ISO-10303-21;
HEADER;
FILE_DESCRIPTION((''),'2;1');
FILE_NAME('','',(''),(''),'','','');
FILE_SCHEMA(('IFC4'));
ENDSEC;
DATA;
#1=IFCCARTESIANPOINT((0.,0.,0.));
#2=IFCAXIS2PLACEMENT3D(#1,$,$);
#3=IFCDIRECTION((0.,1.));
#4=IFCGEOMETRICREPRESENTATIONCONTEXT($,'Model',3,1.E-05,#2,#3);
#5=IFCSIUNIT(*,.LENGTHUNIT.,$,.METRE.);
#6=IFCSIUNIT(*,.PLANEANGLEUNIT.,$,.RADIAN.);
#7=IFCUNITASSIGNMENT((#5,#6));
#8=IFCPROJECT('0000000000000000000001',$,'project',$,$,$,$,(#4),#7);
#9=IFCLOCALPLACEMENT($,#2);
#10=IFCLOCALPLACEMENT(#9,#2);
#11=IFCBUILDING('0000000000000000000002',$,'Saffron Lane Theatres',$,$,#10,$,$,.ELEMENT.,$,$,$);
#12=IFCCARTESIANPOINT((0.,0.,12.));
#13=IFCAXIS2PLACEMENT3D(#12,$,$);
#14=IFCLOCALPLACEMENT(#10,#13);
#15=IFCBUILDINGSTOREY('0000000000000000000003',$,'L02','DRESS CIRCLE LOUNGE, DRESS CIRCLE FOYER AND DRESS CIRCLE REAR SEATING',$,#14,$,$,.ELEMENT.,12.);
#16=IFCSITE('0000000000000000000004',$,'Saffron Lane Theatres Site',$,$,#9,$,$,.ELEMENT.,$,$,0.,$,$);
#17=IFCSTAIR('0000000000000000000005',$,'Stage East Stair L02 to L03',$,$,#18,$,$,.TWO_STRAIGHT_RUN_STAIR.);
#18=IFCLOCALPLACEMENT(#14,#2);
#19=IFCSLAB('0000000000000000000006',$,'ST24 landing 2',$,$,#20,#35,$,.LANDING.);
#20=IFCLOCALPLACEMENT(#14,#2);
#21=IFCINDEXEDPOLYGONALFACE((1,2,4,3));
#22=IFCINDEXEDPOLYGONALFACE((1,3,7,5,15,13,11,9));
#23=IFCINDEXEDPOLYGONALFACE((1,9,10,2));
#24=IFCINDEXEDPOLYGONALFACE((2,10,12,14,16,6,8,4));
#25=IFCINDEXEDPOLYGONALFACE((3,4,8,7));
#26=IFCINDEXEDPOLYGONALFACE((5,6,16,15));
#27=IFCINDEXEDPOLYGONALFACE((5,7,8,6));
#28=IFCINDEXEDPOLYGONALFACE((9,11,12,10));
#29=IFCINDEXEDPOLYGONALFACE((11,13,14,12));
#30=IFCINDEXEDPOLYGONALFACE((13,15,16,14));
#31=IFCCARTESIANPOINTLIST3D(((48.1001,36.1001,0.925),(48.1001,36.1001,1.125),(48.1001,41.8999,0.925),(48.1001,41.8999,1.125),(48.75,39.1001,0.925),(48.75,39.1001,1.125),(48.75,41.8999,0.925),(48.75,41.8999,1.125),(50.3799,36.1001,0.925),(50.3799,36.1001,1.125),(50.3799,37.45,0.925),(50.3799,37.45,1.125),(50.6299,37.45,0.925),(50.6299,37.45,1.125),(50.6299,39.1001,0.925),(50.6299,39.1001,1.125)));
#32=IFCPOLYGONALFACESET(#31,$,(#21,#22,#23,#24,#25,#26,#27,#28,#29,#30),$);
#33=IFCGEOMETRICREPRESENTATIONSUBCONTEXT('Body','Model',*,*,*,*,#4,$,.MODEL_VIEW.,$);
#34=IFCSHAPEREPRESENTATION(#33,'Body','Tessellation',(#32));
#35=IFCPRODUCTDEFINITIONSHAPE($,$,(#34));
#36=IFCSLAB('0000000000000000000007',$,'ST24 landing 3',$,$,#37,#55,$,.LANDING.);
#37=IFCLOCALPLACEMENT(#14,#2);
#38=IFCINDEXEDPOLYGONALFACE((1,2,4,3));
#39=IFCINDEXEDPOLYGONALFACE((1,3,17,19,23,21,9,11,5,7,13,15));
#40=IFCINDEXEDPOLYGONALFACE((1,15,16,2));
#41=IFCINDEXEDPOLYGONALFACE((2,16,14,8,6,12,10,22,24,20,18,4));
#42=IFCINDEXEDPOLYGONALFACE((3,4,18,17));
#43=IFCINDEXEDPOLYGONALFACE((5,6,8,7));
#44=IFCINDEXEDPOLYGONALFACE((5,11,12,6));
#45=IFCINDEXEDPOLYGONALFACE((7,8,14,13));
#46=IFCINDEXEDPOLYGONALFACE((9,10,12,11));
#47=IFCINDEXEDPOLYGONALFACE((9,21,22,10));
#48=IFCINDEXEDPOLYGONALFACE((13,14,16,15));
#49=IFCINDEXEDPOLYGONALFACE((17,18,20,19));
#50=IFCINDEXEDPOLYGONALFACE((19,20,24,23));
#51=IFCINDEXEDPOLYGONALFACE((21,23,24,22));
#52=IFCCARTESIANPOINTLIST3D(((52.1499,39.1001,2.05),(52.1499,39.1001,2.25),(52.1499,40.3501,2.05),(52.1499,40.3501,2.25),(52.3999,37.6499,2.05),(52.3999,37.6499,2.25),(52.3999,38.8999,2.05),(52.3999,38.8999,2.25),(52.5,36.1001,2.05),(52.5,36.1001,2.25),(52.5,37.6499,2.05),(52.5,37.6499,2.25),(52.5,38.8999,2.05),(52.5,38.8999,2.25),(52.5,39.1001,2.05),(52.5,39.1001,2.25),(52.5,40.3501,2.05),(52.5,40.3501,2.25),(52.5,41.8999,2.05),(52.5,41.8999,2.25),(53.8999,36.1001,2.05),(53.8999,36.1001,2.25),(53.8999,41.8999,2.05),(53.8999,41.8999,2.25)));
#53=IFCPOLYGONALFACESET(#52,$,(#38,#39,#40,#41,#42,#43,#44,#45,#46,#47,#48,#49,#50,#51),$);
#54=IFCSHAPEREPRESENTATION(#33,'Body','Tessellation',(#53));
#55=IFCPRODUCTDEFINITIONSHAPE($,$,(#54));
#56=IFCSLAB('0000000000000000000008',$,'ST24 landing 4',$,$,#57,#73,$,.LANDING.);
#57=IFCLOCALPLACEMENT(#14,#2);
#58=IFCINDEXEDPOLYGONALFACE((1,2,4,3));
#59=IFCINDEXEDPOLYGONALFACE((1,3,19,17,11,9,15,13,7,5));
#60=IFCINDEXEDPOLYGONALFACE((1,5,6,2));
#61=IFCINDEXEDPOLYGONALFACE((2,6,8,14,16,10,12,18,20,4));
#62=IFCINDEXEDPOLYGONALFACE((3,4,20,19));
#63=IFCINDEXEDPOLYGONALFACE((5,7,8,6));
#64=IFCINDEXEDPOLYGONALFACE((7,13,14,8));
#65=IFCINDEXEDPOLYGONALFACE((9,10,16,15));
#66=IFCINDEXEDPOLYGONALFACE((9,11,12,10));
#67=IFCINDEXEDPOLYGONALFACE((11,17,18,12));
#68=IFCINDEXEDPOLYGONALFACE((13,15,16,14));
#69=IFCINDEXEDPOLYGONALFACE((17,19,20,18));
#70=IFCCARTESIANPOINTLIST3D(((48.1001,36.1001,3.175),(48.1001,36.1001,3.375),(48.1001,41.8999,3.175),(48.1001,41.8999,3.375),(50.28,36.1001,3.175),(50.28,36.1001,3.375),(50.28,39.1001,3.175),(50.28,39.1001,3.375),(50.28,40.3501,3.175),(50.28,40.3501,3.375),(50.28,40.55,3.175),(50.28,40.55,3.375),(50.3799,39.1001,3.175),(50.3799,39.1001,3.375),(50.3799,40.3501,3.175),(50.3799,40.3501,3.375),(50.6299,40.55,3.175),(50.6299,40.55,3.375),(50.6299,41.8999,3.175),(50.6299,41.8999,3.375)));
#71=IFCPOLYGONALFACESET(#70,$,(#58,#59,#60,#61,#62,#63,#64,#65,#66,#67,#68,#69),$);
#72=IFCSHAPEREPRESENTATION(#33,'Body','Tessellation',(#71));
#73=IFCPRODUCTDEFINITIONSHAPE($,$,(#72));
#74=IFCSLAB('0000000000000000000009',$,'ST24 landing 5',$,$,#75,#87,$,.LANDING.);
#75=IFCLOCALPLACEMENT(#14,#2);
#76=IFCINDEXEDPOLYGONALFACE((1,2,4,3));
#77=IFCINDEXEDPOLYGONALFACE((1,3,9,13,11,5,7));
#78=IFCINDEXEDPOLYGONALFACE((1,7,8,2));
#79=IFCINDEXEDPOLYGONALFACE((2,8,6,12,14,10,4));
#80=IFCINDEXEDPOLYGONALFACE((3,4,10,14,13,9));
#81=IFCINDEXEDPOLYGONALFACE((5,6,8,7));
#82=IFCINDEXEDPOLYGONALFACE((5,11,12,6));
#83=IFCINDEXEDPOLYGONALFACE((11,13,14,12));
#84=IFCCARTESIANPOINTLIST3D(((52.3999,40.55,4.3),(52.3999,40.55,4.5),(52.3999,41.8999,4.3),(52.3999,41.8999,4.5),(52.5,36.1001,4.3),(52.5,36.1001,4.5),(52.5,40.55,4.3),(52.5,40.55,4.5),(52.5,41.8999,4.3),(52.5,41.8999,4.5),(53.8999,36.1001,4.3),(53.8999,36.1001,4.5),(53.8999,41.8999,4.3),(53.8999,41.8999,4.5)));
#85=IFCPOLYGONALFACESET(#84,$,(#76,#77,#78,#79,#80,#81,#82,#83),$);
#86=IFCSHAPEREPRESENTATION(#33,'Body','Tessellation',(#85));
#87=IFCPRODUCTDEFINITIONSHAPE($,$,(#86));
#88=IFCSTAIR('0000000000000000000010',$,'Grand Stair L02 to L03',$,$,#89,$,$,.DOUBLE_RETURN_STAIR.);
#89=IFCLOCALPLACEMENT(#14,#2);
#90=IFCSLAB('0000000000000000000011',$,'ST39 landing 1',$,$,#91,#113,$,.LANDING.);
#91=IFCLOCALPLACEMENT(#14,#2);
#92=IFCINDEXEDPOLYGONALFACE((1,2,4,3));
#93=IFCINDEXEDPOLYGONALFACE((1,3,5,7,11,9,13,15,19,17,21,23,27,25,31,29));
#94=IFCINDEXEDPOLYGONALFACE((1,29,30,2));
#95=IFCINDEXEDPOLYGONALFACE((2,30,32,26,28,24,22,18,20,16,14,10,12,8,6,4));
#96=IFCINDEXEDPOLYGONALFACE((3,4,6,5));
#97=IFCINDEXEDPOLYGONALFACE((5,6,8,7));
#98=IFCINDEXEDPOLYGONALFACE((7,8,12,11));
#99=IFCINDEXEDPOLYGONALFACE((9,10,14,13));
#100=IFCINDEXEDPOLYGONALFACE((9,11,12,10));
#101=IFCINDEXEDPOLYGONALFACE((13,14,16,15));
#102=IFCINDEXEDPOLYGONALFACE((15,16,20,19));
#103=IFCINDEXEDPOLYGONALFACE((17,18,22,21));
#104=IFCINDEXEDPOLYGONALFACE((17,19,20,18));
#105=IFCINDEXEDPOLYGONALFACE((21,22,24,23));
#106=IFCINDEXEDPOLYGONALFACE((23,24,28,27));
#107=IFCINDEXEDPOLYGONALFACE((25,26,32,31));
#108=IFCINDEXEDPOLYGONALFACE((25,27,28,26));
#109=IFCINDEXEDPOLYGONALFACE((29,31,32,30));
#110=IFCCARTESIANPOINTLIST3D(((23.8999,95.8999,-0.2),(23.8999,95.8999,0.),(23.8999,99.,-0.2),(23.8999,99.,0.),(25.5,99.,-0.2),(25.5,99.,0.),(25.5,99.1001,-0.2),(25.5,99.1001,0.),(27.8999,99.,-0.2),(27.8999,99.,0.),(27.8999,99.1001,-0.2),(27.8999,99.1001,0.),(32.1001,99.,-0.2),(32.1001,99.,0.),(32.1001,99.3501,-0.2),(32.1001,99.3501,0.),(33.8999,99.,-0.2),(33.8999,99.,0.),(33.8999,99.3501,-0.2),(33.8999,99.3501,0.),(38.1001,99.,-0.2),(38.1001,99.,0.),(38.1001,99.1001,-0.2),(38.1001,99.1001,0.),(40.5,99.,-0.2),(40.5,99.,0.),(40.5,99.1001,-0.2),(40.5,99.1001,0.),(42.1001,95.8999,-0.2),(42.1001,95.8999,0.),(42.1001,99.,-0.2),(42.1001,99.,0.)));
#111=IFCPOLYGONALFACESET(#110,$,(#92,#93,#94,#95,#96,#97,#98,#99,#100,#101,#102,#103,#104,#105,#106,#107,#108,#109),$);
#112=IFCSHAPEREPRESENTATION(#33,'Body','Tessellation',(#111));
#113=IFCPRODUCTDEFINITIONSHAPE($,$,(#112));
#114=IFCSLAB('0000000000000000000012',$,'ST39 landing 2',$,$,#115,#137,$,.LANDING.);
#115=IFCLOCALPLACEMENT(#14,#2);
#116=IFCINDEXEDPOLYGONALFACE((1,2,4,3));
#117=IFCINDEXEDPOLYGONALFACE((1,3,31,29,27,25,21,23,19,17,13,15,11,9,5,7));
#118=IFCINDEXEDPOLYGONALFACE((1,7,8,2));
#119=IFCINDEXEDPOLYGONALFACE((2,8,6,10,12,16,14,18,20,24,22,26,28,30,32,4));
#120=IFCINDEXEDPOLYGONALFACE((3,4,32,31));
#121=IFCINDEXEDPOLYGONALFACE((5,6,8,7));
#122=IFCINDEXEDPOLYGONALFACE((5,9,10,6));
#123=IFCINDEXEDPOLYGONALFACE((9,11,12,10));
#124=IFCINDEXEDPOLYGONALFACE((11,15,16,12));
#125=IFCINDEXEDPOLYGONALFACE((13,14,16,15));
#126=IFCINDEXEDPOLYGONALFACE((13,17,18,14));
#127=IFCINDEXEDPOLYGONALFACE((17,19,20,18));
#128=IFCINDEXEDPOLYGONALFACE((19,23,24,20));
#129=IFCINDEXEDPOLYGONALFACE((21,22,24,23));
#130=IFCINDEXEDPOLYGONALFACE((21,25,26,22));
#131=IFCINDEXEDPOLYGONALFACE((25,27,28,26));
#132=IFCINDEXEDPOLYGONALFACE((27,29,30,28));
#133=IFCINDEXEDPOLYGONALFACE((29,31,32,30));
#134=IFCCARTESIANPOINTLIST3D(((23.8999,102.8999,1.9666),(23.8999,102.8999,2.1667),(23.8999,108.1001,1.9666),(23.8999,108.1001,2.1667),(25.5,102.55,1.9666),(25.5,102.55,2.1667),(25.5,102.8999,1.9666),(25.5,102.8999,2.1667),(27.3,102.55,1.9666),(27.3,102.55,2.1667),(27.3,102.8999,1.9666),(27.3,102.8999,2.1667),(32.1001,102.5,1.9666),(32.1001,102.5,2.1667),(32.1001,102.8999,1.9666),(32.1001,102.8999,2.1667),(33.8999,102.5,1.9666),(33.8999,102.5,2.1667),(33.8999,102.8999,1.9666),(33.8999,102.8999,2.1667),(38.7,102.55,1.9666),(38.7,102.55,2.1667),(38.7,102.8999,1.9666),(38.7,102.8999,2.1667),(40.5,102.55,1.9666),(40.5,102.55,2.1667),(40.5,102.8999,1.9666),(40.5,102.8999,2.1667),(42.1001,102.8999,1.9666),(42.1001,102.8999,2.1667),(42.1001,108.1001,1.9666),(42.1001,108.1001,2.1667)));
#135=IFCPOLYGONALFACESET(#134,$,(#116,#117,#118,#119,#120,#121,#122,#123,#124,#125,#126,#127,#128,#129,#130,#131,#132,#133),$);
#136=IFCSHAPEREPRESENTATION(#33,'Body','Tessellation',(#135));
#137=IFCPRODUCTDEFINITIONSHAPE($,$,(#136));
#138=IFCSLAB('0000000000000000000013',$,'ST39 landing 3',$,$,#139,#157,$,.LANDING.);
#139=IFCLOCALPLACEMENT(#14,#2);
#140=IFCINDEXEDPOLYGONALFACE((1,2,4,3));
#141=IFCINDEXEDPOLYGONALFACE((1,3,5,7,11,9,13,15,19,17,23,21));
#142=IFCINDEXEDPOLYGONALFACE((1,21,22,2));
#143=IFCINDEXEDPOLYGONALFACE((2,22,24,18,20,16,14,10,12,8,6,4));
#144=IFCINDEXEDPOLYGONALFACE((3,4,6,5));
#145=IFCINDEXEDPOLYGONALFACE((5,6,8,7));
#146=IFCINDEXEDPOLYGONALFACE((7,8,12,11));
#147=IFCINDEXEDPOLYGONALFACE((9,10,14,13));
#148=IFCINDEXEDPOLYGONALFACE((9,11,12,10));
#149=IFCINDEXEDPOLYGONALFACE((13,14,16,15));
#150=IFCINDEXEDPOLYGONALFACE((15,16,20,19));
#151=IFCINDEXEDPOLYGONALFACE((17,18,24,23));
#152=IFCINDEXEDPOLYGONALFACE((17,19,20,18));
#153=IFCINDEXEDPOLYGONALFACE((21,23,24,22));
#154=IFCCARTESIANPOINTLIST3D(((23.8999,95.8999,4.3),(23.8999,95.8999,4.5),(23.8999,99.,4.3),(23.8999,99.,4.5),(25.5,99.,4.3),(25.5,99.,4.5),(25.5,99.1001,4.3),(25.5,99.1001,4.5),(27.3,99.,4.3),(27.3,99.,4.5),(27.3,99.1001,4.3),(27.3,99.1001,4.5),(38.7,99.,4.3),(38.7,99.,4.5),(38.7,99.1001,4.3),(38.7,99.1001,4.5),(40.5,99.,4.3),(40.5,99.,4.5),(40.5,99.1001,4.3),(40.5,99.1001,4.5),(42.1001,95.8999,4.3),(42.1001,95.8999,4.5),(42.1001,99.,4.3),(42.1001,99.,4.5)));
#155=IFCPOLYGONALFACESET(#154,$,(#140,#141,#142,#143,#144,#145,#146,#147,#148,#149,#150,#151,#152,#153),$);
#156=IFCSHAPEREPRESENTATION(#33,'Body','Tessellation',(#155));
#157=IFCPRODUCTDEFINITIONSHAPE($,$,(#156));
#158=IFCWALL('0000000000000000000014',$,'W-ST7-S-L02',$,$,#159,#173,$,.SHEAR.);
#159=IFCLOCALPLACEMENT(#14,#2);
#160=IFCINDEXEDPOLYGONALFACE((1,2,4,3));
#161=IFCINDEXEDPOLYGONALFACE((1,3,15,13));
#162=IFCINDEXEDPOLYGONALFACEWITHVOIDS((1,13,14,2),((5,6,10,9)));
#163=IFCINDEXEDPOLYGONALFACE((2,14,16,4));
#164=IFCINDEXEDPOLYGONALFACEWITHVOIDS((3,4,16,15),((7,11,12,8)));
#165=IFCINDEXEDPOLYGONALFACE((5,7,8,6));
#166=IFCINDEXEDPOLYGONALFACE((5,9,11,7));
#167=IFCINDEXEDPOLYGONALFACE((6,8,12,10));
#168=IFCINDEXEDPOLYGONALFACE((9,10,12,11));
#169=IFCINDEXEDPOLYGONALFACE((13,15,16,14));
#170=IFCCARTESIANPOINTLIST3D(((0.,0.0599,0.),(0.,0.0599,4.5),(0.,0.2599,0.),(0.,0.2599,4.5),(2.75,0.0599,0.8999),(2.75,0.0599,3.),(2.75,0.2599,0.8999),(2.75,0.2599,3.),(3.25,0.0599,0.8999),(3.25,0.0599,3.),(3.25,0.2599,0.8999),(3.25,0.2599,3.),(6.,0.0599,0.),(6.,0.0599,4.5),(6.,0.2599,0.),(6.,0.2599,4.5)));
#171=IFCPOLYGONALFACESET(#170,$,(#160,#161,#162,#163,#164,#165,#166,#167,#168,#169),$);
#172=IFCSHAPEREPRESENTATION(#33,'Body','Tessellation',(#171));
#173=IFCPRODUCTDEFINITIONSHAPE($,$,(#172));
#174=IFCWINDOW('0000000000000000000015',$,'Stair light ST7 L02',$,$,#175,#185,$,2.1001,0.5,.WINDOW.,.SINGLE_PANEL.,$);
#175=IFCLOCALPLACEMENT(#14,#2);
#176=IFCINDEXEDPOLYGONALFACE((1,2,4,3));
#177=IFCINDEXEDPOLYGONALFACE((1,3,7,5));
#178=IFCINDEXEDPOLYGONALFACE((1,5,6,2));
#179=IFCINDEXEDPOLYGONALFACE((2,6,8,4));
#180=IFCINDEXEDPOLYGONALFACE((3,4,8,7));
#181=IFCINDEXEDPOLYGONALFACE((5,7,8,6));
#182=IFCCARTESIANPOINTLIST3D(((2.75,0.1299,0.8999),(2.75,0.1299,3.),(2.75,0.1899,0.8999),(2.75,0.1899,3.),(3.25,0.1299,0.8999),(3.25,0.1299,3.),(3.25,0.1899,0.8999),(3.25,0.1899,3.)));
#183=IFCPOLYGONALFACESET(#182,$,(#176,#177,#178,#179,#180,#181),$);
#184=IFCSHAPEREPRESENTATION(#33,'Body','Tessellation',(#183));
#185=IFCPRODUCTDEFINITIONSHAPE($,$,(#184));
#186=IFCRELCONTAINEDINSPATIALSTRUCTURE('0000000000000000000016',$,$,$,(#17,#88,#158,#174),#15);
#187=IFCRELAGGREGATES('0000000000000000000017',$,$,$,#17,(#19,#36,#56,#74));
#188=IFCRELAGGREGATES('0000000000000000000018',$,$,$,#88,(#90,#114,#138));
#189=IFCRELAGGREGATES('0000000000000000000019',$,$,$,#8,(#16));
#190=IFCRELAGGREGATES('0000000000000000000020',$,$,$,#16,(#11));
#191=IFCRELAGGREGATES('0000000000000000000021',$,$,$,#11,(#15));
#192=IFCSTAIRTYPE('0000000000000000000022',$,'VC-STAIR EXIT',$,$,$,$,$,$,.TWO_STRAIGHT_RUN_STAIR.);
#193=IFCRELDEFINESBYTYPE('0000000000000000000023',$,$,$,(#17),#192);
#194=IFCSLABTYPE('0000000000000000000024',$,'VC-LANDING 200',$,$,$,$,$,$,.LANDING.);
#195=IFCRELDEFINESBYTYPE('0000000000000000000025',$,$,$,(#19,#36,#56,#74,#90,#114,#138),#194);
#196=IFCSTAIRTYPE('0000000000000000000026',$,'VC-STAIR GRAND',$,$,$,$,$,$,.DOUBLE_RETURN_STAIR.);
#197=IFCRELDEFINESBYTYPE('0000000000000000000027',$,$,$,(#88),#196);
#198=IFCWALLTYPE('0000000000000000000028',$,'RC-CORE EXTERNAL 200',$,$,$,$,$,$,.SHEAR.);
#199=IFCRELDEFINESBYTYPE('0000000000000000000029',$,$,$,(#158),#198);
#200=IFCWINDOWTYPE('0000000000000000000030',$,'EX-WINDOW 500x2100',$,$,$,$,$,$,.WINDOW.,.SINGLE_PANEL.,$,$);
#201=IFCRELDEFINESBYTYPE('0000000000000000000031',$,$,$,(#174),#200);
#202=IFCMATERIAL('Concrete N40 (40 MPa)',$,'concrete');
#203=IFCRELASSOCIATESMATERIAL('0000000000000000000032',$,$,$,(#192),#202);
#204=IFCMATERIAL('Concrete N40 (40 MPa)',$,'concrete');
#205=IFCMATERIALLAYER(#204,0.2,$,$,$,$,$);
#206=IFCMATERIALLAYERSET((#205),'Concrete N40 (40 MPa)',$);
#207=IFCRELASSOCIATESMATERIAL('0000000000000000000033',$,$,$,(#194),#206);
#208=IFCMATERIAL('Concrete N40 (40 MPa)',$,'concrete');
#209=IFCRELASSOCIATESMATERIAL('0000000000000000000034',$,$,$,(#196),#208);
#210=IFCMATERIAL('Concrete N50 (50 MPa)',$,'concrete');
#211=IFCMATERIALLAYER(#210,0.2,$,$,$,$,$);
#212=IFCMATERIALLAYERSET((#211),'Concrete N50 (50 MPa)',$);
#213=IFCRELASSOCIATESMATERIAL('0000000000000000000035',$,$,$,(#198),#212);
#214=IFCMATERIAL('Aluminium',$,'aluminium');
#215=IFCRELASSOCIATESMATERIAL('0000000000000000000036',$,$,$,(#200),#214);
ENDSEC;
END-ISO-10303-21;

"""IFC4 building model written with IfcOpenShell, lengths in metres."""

from ifc_helpers import new_model, si_unit, direction, frame, frame_2d, origin, place, context, subcontext, project, spatial, polyline, rectangle, outline, extrude, material, layer, layer_set, type_object, element, fill, aggregate, save


model = new_model("IFC4")

# Units and contexts
model_context = context("Model", 3, precision=1e-05, world=origin(), true_north=direction((0.0, 1.0)))
body_context = subcontext(model_context, "Body", "Model", "MODEL_VIEW")
ifc_project = project(units=[si_unit("LENGTHUNIT", "METRE"), si_unit("PLANEANGLEUNIT", "RADIAN")], contexts=[model_context])

# Site, building, storey
site_placement = place(None, origin())
site = spatial("IfcSite", under=ifc_project, at=site_placement, Name="Saffron Lane Theatres Site", CompositionType="ELEMENT", RefElevation=0.0)
building_placement = place(site_placement, origin())
building = spatial("IfcBuilding", under=site, at=building_placement, Name="Saffron Lane Theatres", CompositionType="ELEMENT")
storey_placement = place(building_placement, frame((0.0, 0.0, 12.0)))
storey = spatial("IfcBuildingStorey", under=building, at=storey_placement, Name="L02", Description="DRESS CIRCLE LOUNGE, DRESS CIRCLE FOYER AND DRESS CIRCLE REAR SEATING", CompositionType="ELEMENT", Elevation=12.0)

# Stairs, slabs
ifc_material_1 = material(Name="Concrete N40 (40 MPa)", Category="concrete")
stair_type_1 = type_object("IfcStairType", Name="VC-STAIR EXIT", PredefinedType="TWO_STRAIGHT_RUN_STAIR", material=ifc_material_1)
ifc_material_2 = material(Name="Concrete N40 (40 MPa)", Category="concrete")
ifc_layer_1 = layer(ifc_material_2, 0.2)
ifc_layer_set_1 = layer_set([ifc_layer_1], Name="Concrete N40 (40 MPa)")
slab_type = type_object("IfcSlabType", Name="VC-LANDING 200", PredefinedType="LANDING", material=ifc_layer_set_1)
stair_1_placement = place(storey_placement, origin())
stair_1 = element("IfcStair", 1, at=stair_1_placement, inside=storey, type_object=stair_type_1, Name="Stage East Stair L02 to L03", PredefinedType="TWO_STRAIGHT_RUN_STAIR")
slab_1_placement = place(storey_placement, frame((0.0, 0.0, 0.925)))
slab_1 = element("IfcSlab", 2, at=slab_1_placement, type_object=slab_type, Name="ST24 landing 2", PredefinedType="LANDING", context=body_context, shape_type="SweptSolid", body=[
    extrude(outline(polyline([(50.6299, 39.1001), (50.6299, 37.45), (50.3799, 37.45), (50.3799, 36.1001), (48.1001, 36.1001), (48.1001, 41.8999), (48.75, 41.8999), (48.75, 39.1001), (50.6299, 39.1001)])), origin(), (0.0, 0.0, 1.0), 0.2),
])
slab_2_placement = place(storey_placement, frame((0.0, 0.0, 2.05)))
slab_2 = element("IfcSlab", 3, at=slab_2_placement, type_object=slab_type, Name="ST24 landing 3", PredefinedType="LANDING", context=body_context, shape_type="SweptSolid", body=[
    extrude(outline(polyline([(52.5, 41.8999), (53.8999, 41.8999), (53.8999, 36.1001), (52.5, 36.1001), (52.5, 37.6499), (52.3999, 37.6499), (52.3999, 38.8999), (52.5, 38.8999), (52.5, 39.1001), (52.1499, 39.1001), (52.1499, 40.3501), (52.5, 40.3501), (52.5, 41.8999)])), origin(), (0.0, 0.0, 1.0), 0.2),
])
slab_3_placement = place(storey_placement, frame((0.0, 0.0, 3.175)))
slab_3 = element("IfcSlab", 4, at=slab_3_placement, type_object=slab_type, Name="ST24 landing 4", PredefinedType="LANDING", context=body_context, shape_type="SweptSolid", body=[
    extrude(outline(polyline([(50.28, 40.55), (50.28, 40.3501), (50.3799, 40.3501), (50.3799, 39.1001), (50.28, 39.1001), (50.28, 36.1001), (48.1001, 36.1001), (48.1001, 41.8999), (50.6299, 41.8999), (50.6299, 40.55), (50.28, 40.55)])), origin(), (0.0, 0.0, 1.0), 0.2),
])
slab_4_placement = place(storey_placement, frame((0.0, 0.0, 4.3)))
slab_4 = element("IfcSlab", 5, at=slab_4_placement, type_object=slab_type, Name="ST24 landing 5", PredefinedType="LANDING", context=body_context, shape_type="SweptSolid", body=[
    extrude(outline(polyline([(53.8999, 41.8999), (53.8999, 36.1001), (52.5, 36.1001), (52.5, 40.55), (52.3999, 40.55), (52.3999, 41.8999), (52.5, 41.8999), (52.5, 41.8999), (53.8999, 41.8999)])), origin(), (0.0, 0.0, 1.0), 0.2),
])
aggregate(stair_1, [slab_1, slab_2, slab_3, slab_4])
ifc_material_3 = material(Name="Concrete N40 (40 MPa)", Category="concrete")
stair_type_2 = type_object("IfcStairType", Name="VC-STAIR GRAND", PredefinedType="DOUBLE_RETURN_STAIR", material=ifc_material_3)
stair_2_placement = place(storey_placement, origin())
stair_2 = element("IfcStair", 6, at=stair_2_placement, inside=storey, type_object=stair_type_2, Name="Grand Stair L02 to L03", PredefinedType="DOUBLE_RETURN_STAIR")
slab_5_placement = place(storey_placement, frame((0.0, 0.0, -0.2)))
slab_5 = element("IfcSlab", 7, at=slab_5_placement, type_object=slab_type, Name="ST39 landing 1", PredefinedType="LANDING", context=body_context, shape_type="SweptSolid", body=[
    extrude(outline(polyline([(42.1001, 95.8999), (23.8999, 95.8999), (23.8999, 99.0), (25.5, 99.0), (25.5, 99.1001), (27.8999, 99.1001), (27.8999, 99.0), (32.1001, 99.0), (32.1001, 99.3501), (33.8999, 99.3501), (33.8999, 99.0), (38.1001, 99.0), (38.1001, 99.1001), (40.5, 99.1001), (40.5, 99.0), (42.1001, 99.0), (42.1001, 95.8999)])), origin(), (0.0, 0.0, 1.0), 0.2),
])
slab_6_placement = place(storey_placement, frame((0.0, 0.0, 1.9666)))
slab_6 = element("IfcSlab", 8, at=slab_6_placement, type_object=slab_type, Name="ST39 landing 2", PredefinedType="LANDING", context=body_context, shape_type="SweptSolid", body=[
    extrude(outline(polyline([(32.1001, 102.5), (32.1001, 102.8999), (27.3, 102.8999), (27.3, 102.55), (25.5, 102.55), (25.5, 102.8999), (23.8999, 102.8999), (23.8999, 108.1001), (42.1001, 108.1001), (42.1001, 102.8999), (40.5, 102.8999), (40.5, 102.55), (38.7, 102.55), (38.7, 102.8999), (33.8999, 102.8999), (33.8999, 102.5), (32.1001, 102.5)])), origin(), (0.0, 0.0, 1.0), 0.2002),
])
slab_7_placement = place(storey_placement, frame((0.0, 0.0, 4.3)))
slab_7 = element("IfcSlab", 9, at=slab_7_placement, type_object=slab_type, Name="ST39 landing 3", PredefinedType="LANDING", context=body_context, shape_type="SweptSolid", body=[
    extrude(outline(polyline([(42.1001, 99.0), (42.1001, 95.8999), (23.8999, 95.8999), (23.8999, 99.0), (25.5, 99.0), (25.5, 99.1001), (27.3, 99.1001), (27.3, 99.0), (38.7, 99.0), (38.7, 99.1001), (40.5, 99.1001), (40.5, 99.0), (42.1001, 99.0)])), origin(), (0.0, 0.0, 1.0), 0.2),
])
aggregate(stair_2, [slab_5, slab_6, slab_7])

# Wall, opening, window
ifc_material_4 = material(Name="Concrete N50 (50 MPa)", Category="concrete")
ifc_layer_2 = layer(ifc_material_4, 0.2)
ifc_layer_set_2 = layer_set([ifc_layer_2], Name="Concrete N50 (50 MPa)")
wall_type = type_object("IfcWallType", Name="RC-CORE EXTERNAL 200", PredefinedType="SHEAR", material=ifc_layer_set_2)
wall_placement = place(storey_placement, frame((0.0, 0.1599, 0.0), z_axis=(0.0, 0.0, 1.0), x_axis=(1.0, 0.0, 0.0)))
wall = element("IfcWall", 10, at=wall_placement, inside=storey, type_object=wall_type, Name="W-ST7-S-L02", PredefinedType="SHEAR", context=body_context, shape_type="SweptSolid", body=[
    extrude(rectangle(XDim=6.0, YDim=0.2, at=frame_2d((3.0, 0.0))), origin(), (0.0, 0.0, 1.0), 4.5),
])
opening_placement = place(wall_placement, frame((2.75, 0.0, 0.8999)))
opening = element("IfcOpeningElement", 11, at=opening_placement, cuts=wall, PredefinedType="OPENING", context=body_context, shape_type="SweptSolid", body=[
    extrude(rectangle(XDim=0.5, YDim=2.1001, at=frame_2d((0.25, 1.05))), frame((0.0, 0.1099, 0.0), z_axis=(0.0, -1.0, 0.0), x_axis=(1.0, 0.0, 0.0)), (0.0, 0.0, 1.0), 0.22),
])
ifc_material_5 = material(Name="Aluminium", Category="aluminium")
window_type = type_object("IfcWindowType", Name="EX-WINDOW 500x2100", PartitioningType="SINGLE_PANEL", PredefinedType="WINDOW", material=ifc_material_5)
window_placement = place(opening_placement, origin())
window = element("IfcWindow", 12, at=window_placement, inside=storey, type_object=window_type, Name="Stair light ST7 L02", OverallHeight=2.1001, OverallWidth=0.5, PartitioningType="SINGLE_PANEL", PredefinedType="WINDOW", context=body_context, shape_type="SweptSolid", body=[
    extrude(rectangle(XDim=0.5, YDim=2.1001, at=frame_2d((0.25, 1.05))), frame((0.0, 0.03, 0.0), z_axis=(0.0, -1.0, 0.0), x_axis=(1.0, 0.0, 0.0)), (0.0, 0.0, 1.0), 0.0601),
])
fill(opening, window)

save(model, "model.ifc")
